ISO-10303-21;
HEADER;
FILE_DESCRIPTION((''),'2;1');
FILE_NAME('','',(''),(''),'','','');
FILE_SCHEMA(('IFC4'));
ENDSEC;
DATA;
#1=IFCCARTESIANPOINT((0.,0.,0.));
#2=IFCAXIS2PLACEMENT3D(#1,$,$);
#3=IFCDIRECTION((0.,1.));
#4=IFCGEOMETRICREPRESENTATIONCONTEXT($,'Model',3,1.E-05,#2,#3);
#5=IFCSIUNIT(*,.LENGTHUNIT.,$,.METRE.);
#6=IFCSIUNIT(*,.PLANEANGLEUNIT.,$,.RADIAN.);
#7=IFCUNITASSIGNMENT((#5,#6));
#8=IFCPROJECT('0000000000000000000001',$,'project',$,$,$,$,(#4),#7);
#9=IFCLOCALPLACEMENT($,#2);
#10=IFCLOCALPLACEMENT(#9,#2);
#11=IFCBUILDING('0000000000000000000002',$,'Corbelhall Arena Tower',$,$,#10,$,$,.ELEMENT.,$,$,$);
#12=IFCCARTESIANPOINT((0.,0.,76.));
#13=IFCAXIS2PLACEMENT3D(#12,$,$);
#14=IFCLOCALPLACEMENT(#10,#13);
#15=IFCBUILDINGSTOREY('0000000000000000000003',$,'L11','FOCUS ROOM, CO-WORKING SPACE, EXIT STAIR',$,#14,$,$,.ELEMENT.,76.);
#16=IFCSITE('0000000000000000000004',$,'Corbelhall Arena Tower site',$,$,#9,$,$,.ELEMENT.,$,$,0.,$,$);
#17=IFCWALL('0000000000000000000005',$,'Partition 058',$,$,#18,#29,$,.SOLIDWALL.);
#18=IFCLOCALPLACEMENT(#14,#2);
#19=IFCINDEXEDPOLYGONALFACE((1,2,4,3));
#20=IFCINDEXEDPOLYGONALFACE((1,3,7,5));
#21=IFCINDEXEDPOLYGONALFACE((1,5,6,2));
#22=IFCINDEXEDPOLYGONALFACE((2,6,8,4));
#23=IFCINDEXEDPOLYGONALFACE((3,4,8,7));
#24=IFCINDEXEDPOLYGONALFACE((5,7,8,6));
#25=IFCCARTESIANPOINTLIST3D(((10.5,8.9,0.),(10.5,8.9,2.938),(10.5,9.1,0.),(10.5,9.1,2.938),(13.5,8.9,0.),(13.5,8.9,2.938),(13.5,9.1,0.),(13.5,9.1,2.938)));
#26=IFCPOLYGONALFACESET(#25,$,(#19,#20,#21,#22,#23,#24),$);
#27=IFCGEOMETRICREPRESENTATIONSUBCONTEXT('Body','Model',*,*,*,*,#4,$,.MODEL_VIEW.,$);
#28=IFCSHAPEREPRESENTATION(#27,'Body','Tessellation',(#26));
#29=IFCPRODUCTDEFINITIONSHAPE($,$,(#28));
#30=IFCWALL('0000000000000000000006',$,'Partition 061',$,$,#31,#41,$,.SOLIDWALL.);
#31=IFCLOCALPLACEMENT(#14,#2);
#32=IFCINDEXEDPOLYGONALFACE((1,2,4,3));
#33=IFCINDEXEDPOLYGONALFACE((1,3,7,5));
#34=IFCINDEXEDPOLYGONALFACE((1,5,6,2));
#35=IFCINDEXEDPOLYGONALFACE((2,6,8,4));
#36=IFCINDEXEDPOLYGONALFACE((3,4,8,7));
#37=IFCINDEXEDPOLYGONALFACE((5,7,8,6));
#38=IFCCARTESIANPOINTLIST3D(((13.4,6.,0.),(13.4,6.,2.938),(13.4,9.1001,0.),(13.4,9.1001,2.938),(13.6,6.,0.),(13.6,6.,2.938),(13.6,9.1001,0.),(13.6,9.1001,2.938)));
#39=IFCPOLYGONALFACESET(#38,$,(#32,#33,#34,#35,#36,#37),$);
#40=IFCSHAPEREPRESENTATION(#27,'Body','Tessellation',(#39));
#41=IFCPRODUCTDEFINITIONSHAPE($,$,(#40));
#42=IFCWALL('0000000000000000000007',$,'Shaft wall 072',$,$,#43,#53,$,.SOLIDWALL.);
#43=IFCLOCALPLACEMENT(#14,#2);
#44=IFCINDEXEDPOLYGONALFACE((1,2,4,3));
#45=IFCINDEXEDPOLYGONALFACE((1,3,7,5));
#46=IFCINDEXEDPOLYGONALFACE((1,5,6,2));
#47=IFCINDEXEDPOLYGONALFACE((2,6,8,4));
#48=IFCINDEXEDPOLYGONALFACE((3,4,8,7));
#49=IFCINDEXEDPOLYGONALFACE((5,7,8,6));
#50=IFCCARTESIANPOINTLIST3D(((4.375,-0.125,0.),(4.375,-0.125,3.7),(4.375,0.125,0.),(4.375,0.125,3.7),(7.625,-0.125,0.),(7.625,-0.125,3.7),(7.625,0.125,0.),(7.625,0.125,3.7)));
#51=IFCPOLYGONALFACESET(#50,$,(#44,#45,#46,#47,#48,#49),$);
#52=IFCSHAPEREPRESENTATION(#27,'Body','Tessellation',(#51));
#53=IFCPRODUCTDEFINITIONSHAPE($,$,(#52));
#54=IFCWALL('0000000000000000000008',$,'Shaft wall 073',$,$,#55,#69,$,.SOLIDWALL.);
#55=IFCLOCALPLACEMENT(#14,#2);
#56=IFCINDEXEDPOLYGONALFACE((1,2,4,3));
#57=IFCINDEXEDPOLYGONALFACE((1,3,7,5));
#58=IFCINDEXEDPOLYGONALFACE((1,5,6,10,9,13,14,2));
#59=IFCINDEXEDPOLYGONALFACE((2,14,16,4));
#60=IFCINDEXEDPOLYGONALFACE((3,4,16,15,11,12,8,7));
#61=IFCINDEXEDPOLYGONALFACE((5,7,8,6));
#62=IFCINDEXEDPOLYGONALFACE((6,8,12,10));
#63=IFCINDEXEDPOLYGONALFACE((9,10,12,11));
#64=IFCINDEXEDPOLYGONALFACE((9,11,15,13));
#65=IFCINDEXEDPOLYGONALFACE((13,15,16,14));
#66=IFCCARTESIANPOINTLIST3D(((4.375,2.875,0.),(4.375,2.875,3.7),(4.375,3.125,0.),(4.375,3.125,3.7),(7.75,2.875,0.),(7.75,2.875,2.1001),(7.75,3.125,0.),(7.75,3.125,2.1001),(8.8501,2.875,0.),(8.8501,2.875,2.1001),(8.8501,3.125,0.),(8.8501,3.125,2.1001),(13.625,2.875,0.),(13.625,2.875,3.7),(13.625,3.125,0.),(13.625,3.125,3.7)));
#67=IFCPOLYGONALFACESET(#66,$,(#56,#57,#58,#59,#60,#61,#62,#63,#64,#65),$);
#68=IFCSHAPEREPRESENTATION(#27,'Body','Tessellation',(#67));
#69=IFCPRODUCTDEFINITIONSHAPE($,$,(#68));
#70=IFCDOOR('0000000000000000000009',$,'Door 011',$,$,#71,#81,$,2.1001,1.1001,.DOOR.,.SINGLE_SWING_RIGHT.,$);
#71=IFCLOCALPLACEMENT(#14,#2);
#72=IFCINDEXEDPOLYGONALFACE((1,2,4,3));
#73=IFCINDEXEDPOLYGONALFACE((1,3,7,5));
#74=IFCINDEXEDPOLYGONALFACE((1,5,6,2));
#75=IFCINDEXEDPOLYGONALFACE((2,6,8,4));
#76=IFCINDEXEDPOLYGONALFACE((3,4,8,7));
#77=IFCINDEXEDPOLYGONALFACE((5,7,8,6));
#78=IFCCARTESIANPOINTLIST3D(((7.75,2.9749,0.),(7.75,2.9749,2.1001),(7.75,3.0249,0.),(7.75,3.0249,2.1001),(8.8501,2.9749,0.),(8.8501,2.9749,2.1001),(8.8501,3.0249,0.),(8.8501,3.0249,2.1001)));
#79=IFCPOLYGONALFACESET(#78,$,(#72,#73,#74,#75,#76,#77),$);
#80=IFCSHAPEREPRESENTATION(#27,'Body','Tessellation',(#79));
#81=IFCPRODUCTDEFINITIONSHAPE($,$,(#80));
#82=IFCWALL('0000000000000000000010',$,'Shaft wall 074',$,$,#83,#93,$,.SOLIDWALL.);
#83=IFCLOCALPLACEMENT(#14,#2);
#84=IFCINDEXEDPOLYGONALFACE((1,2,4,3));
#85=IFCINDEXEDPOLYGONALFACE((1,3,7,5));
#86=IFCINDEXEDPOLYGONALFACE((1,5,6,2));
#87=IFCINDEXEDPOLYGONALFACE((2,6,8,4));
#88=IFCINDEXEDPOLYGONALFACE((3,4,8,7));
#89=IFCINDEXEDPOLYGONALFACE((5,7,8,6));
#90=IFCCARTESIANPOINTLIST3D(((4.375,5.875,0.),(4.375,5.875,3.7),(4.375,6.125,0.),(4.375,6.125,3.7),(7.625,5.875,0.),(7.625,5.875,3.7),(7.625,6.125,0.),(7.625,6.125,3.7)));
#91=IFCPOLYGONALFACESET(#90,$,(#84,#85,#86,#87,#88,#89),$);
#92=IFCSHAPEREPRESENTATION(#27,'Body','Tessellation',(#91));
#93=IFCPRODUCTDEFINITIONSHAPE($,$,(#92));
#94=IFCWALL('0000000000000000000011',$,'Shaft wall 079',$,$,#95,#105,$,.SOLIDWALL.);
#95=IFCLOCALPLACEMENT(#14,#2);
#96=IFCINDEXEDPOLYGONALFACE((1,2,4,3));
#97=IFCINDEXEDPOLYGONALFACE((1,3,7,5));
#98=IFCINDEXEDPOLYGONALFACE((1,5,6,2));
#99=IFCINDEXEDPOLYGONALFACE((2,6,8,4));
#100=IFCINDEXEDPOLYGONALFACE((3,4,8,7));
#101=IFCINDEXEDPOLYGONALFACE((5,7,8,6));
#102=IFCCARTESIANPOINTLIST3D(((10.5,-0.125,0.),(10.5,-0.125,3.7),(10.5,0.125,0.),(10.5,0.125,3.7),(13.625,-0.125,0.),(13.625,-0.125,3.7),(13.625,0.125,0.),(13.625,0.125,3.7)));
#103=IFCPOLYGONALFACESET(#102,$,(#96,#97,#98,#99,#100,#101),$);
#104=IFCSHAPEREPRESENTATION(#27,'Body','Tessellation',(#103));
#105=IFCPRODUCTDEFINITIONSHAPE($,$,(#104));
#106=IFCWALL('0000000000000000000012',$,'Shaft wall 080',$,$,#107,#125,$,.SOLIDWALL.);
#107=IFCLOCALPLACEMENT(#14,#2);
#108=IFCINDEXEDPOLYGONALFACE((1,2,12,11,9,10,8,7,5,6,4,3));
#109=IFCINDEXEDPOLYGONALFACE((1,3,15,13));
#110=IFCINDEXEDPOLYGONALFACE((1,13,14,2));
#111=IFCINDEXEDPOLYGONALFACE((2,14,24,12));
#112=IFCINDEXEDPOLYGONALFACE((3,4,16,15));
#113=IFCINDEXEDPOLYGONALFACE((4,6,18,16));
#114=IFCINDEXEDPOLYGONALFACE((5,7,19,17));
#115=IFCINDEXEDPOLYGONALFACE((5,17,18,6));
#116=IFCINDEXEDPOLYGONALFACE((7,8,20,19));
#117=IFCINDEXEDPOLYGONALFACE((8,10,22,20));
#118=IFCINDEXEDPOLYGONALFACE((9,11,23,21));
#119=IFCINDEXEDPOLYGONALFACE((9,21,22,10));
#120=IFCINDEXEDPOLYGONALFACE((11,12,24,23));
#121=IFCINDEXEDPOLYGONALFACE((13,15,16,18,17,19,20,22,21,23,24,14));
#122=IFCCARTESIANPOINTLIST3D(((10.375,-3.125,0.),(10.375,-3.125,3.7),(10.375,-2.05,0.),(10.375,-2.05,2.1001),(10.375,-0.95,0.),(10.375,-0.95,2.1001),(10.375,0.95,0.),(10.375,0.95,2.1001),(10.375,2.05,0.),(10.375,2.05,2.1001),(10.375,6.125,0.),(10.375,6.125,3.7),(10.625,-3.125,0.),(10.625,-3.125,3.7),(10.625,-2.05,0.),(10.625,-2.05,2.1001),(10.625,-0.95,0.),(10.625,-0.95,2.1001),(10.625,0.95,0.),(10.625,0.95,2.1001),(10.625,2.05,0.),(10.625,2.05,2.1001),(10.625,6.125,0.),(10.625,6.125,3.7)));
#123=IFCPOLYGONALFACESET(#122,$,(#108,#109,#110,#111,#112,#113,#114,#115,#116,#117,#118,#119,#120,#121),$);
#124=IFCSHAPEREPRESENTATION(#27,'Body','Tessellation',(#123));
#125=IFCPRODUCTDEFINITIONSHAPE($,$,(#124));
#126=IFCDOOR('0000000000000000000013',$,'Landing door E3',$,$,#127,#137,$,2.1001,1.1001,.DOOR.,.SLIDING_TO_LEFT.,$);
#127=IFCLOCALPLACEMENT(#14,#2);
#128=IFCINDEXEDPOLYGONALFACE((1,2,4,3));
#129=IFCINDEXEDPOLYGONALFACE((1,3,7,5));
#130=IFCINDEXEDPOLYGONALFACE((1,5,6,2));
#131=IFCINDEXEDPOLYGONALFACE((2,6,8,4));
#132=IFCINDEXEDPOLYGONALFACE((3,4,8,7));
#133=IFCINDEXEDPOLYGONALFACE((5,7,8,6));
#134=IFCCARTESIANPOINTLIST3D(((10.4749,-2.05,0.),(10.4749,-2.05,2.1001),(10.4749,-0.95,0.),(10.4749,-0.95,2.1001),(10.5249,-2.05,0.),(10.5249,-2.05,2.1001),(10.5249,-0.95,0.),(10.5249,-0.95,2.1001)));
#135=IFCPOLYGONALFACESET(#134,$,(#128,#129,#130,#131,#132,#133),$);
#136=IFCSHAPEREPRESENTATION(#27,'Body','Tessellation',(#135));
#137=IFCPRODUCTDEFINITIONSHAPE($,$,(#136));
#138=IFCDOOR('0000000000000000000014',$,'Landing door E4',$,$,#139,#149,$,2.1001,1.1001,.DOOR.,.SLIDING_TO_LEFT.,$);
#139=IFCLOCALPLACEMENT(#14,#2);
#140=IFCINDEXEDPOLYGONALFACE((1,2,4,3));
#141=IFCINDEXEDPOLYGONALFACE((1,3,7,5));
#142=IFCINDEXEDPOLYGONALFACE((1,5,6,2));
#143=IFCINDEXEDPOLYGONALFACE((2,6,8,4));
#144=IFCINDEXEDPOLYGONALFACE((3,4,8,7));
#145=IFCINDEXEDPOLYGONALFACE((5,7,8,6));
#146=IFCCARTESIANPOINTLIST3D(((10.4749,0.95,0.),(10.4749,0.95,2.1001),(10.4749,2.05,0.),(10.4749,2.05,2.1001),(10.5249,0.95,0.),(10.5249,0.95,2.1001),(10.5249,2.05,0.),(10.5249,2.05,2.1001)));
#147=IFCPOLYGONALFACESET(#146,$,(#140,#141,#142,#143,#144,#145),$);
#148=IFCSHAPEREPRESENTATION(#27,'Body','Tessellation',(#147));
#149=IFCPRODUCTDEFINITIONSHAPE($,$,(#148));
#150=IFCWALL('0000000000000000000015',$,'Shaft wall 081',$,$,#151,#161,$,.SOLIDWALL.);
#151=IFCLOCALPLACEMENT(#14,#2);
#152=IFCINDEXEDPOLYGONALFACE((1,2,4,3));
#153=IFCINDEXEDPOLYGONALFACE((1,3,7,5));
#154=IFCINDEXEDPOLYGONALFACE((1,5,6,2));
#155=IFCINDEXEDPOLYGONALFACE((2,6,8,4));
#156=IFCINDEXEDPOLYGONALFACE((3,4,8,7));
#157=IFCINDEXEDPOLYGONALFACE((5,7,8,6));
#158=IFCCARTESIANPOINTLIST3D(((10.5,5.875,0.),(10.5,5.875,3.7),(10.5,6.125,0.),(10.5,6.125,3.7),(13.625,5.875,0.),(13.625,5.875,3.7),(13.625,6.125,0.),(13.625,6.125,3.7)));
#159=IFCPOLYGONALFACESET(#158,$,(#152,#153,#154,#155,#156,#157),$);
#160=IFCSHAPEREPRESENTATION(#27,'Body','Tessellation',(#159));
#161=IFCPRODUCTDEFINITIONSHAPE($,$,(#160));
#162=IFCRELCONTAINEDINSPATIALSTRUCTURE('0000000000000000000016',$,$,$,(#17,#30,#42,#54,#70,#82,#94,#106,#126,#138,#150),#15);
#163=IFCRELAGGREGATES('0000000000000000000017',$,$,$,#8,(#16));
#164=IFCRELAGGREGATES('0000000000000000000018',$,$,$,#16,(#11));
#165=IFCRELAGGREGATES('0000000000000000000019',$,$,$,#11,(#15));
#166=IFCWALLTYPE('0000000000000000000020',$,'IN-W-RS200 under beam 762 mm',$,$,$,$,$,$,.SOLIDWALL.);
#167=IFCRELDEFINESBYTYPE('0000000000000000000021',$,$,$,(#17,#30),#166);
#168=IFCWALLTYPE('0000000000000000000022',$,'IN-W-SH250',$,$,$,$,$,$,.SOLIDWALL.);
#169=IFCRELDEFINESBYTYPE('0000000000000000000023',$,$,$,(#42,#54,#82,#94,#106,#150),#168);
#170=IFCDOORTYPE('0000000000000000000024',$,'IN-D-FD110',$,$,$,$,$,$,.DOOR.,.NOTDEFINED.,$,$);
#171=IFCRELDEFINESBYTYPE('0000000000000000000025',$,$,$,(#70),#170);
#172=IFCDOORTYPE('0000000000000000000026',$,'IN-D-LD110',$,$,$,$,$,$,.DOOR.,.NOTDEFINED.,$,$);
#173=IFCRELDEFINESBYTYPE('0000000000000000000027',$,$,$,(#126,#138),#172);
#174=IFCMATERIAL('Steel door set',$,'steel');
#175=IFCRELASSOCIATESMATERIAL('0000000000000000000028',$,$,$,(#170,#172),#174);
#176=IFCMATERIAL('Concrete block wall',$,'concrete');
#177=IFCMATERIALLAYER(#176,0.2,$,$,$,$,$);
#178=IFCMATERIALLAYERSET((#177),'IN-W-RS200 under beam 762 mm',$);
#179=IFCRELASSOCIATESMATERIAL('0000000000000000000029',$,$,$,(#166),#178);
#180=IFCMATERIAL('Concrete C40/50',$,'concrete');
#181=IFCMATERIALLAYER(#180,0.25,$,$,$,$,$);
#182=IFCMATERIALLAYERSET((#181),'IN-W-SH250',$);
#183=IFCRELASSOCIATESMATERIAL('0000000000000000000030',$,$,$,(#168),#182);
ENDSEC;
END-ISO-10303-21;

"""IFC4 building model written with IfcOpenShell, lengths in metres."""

from ifc_helpers import new_model, si_unit, direction, frame, frame_2d, origin, place, context, subcontext, project, spatial, rectangle, extrude, material, layer, layer_set, type_object, element, fill, save


model = new_model("IFC4")

# Units and contexts
model_context = context("Model", 3, precision=1e-05, world=origin(), true_north=direction((0.0, 1.0)))
body_context = subcontext(model_context, "Body", "Model", "MODEL_VIEW")
ifc_project = project(units=[si_unit("LENGTHUNIT", "METRE"), si_unit("PLANEANGLEUNIT", "RADIAN")], contexts=[model_context])

# Site, building, storey
site_placement = place(None, origin())
site = spatial("IfcSite", under=ifc_project, at=site_placement, Name="Corbelhall Arena Tower site", CompositionType="ELEMENT", RefElevation=0.0)
building_placement = place(site_placement, origin())
building = spatial("IfcBuilding", under=site, at=building_placement, Name="Corbelhall Arena Tower", CompositionType="ELEMENT")
storey_placement = place(building_placement, frame((0.0, 0.0, 76.0)))
storey = spatial("IfcBuildingStorey", under=building, at=storey_placement, Name="L11", Description="FOCUS ROOM, CO-WORKING SPACE, EXIT STAIR", CompositionType="ELEMENT", Elevation=76.0)

# Shared definitions
ifc_material_1 = material(Name="Concrete C40/50", Category="concrete")

# Shared definitions
ifc_material_2 = material(Name="Concrete block wall", Category="concrete")
ifc_material_3 = material(Name="Steel door set", Category="steel")
door_type_1 = type_object("IfcDoorType", Name="IN-D-FD110", OperationType="NOTDEFINED", PredefinedType="DOOR", material=ifc_material_3)

# Walls
ifc_layer_1 = layer(ifc_material_2, 0.2)
ifc_layer_set_1 = layer_set([ifc_layer_1], Name="IN-W-RS200 under beam 762 mm")
wall_type_1 = type_object("IfcWallType", Name="IN-W-RS200 under beam 762 mm", PredefinedType="SOLIDWALL", material=ifc_layer_set_1)
wall_1_placement = place(storey_placement, frame((10.5, 9.0, 0.0), z_axis=(0.0, 0.0, 1.0), x_axis=(1.0, 0.0, 0.0)))
element("IfcWall", 1, at=wall_1_placement, inside=storey, type_object=wall_type_1, Name="Partition 058", PredefinedType="SOLIDWALL", context=body_context, shape_type="SweptSolid", body=[
    extrude(rectangle(XDim=3.0, YDim=0.2, at=frame_2d((1.5, 0.0))), origin(), (0.0, 0.0, 1.0), 2.938),
])
wall_2_placement = place(storey_placement, frame((13.5, 9.1001, 0.0), z_axis=(0.0, 0.0, 1.0), x_axis=(0.0, -1.0, 0.0)))
element("IfcWall", 2, at=wall_2_placement, inside=storey, type_object=wall_type_1, Name="Partition 061", PredefinedType="SOLIDWALL", context=body_context, shape_type="SweptSolid", body=[
    extrude(rectangle(XDim=3.1001, YDim=0.2, at=frame_2d((1.55, 0.0))), origin(), (0.0, 0.0, 1.0), 2.938),
])
ifc_layer_2 = layer(ifc_material_1, 0.25)
ifc_layer_set_2 = layer_set([ifc_layer_2], Name="IN-W-SH250")
wall_type_2 = type_object("IfcWallType", Name="IN-W-SH250", PredefinedType="SOLIDWALL", material=ifc_layer_set_2)
wall_3_placement = place(storey_placement, frame((4.375, 0.0, 0.0), z_axis=(0.0, 0.0, 1.0), x_axis=(1.0, 0.0, 0.0)))
element("IfcWall", 3, at=wall_3_placement, inside=storey, type_object=wall_type_2, Name="Shaft wall 072", PredefinedType="SOLIDWALL", context=body_context, shape_type="SweptSolid", body=[
    extrude(rectangle(XDim=3.25, YDim=0.25, at=frame_2d((1.625, 0.0))), origin(), (0.0, 0.0, 1.0), 3.7),
])

# Wall, opening, door
wall_4_placement = place(storey_placement, frame((4.375, 3.0, 0.0), z_axis=(0.0, 0.0, 1.0), x_axis=(1.0, 0.0, 0.0)))
wall_4 = element("IfcWall", 4, at=wall_4_placement, inside=storey, type_object=wall_type_2, Name="Shaft wall 073", PredefinedType="SOLIDWALL", context=body_context, shape_type="SweptSolid", body=[
    extrude(rectangle(XDim=9.25, YDim=0.25, at=frame_2d((4.625, 0.0))), origin(), (0.0, 0.0, 1.0), 3.7),
])
opening_1_placement = place(wall_4_placement, frame((3.375, 0.0, 0.0)))
opening_1 = element("IfcOpeningElement", 5, at=opening_1_placement, cuts=wall_4, PredefinedType="OPENING", context=body_context, shape_type="SweptSolid", body=[
    extrude(rectangle(XDim=1.1001, YDim=2.1001, at=frame_2d((0.55, 1.05))), frame((0.0, 0.125, 0.0), z_axis=(0.0, -1.0, 0.0), x_axis=(1.0, 0.0, 0.0)), (0.0, 0.0, 1.0), 0.25),
])
door_1_placement = place(opening_1_placement, origin())
door_1 = element("IfcDoor", 6, at=door_1_placement, inside=storey, type_object=door_type_1, Name="Door 011", OperationType="SINGLE_SWING_RIGHT", OverallHeight=2.1001, OverallWidth=1.1001, PredefinedType="DOOR", context=body_context, shape_type="SweptSolid", body=[
    extrude(rectangle(XDim=1.1001, YDim=2.1001, at=frame_2d((0.55, 1.05))), frame((0.0, 0.0249, 0.0), z_axis=(0.0, -1.0, 0.0), x_axis=(1.0, 0.0, 0.0)), (0.0, 0.0, 1.0), 0.05),
])
fill(opening_1, door_1)

# Walls
wall_5_placement = place(storey_placement, frame((4.375, 6.0, 0.0), z_axis=(0.0, 0.0, 1.0), x_axis=(1.0, 0.0, 0.0)))
element("IfcWall", 7, at=wall_5_placement, inside=storey, type_object=wall_type_2, Name="Shaft wall 074", PredefinedType="SOLIDWALL", context=body_context, shape_type="SweptSolid", body=[
    extrude(rectangle(XDim=3.25, YDim=0.25, at=frame_2d((1.625, 0.0))), origin(), (0.0, 0.0, 1.0), 3.7),
])
wall_6_placement = place(storey_placement, frame((10.5, 0.0, 0.0), z_axis=(0.0, 0.0, 1.0), x_axis=(1.0, 0.0, 0.0)))
element("IfcWall", 8, at=wall_6_placement, inside=storey, type_object=wall_type_2, Name="Shaft wall 079", PredefinedType="SOLIDWALL", context=body_context, shape_type="SweptSolid", body=[
    extrude(rectangle(XDim=3.125, YDim=0.25, at=frame_2d((1.5625, 0.0))), origin(), (0.0, 0.0, 1.0), 3.7),
])

# Wall, openings, doors
wall_7_placement = place(storey_placement, frame((10.5, 6.125, 0.0), z_axis=(0.0, 0.0, 1.0), x_axis=(0.0, -1.0, 0.0)))
wall_7 = element("IfcWall", 9, at=wall_7_placement, inside=storey, type_object=wall_type_2, Name="Shaft wall 080", PredefinedType="SOLIDWALL", context=body_context, shape_type="SweptSolid", body=[
    extrude(rectangle(XDim=9.25, YDim=0.25, at=frame_2d((4.625, 0.0))), origin(), (0.0, 0.0, 1.0), 3.7),
])
opening_2_placement = place(wall_7_placement, frame((7.075, 0.0, 0.0)))
opening_2 = element("IfcOpeningElement", 10, at=opening_2_placement, cuts=wall_7, PredefinedType="OPENING", context=body_context, shape_type="SweptSolid", body=[
    extrude(rectangle(XDim=1.1001, YDim=2.1001, at=frame_2d((0.55, 1.05))), frame((0.0, 0.125, 0.0), z_axis=(0.0, -1.0, 0.0), x_axis=(1.0, 0.0, 0.0)), (0.0, 0.0, 1.0), 0.25),
])
opening_3_placement = place(wall_7_placement, frame((4.075, 0.0, 0.0)))
opening_3 = element("IfcOpeningElement", 11, at=opening_3_placement, cuts=wall_7, PredefinedType="OPENING", context=body_context, shape_type="SweptSolid", body=[
    extrude(rectangle(XDim=1.1001, YDim=2.1001, at=frame_2d((0.55, 1.05))), frame((0.0, 0.125, 0.0), z_axis=(0.0, -1.0, 0.0), x_axis=(1.0, 0.0, 0.0)), (0.0, 0.0, 1.0), 0.25),
])
door_type_2 = type_object("IfcDoorType", Name="IN-D-LD110", OperationType="NOTDEFINED", PredefinedType="DOOR", material=ifc_material_3)
door_2_placement = place(opening_2_placement, origin())
door_2 = element("IfcDoor", 12, at=door_2_placement, inside=storey, type_object=door_type_2, Name="Landing door E3", OperationType="SLIDING_TO_LEFT", OverallHeight=2.1001, OverallWidth=1.1001, PredefinedType="DOOR", context=body_context, shape_type="SweptSolid", body=[
    extrude(rectangle(XDim=1.1001, YDim=2.1001, at=frame_2d((0.55, 1.05))), frame((0.0, 0.0249, 0.0), z_axis=(0.0, -1.0, 0.0), x_axis=(1.0, 0.0, 0.0)), (0.0, 0.0, 1.0), 0.05),
])
fill(opening_2, door_2)
door_3_placement = place(opening_3_placement, origin())
door_3 = element("IfcDoor", 13, at=door_3_placement, inside=storey, type_object=door_type_2, Name="Landing door E4", OperationType="SLIDING_TO_LEFT", OverallHeight=2.1001, OverallWidth=1.1001, PredefinedType="DOOR", context=body_context, shape_type="SweptSolid", body=[
    extrude(rectangle(XDim=1.1001, YDim=2.1001, at=frame_2d((0.55, 1.05))), frame((0.0, 0.0249, 0.0), z_axis=(0.0, -1.0, 0.0), x_axis=(1.0, 0.0, 0.0)), (0.0, 0.0, 1.0), 0.05),
])
fill(opening_3, door_3)

# Wall
wall_8_placement = place(storey_placement, frame((10.5, 6.0, 0.0), z_axis=(0.0, 0.0, 1.0), x_axis=(1.0, 0.0, 0.0)))
element("IfcWall", 14, at=wall_8_placement, inside=storey, type_object=wall_type_2, Name="Shaft wall 081", PredefinedType="SOLIDWALL", context=body_context, shape_type="SweptSolid", body=[
    extrude(rectangle(XDim=3.125, YDim=0.25, at=frame_2d((1.5625, 0.0))), origin(), (0.0, 0.0, 1.0), 3.7),
])

save(model, "model.ifc")
